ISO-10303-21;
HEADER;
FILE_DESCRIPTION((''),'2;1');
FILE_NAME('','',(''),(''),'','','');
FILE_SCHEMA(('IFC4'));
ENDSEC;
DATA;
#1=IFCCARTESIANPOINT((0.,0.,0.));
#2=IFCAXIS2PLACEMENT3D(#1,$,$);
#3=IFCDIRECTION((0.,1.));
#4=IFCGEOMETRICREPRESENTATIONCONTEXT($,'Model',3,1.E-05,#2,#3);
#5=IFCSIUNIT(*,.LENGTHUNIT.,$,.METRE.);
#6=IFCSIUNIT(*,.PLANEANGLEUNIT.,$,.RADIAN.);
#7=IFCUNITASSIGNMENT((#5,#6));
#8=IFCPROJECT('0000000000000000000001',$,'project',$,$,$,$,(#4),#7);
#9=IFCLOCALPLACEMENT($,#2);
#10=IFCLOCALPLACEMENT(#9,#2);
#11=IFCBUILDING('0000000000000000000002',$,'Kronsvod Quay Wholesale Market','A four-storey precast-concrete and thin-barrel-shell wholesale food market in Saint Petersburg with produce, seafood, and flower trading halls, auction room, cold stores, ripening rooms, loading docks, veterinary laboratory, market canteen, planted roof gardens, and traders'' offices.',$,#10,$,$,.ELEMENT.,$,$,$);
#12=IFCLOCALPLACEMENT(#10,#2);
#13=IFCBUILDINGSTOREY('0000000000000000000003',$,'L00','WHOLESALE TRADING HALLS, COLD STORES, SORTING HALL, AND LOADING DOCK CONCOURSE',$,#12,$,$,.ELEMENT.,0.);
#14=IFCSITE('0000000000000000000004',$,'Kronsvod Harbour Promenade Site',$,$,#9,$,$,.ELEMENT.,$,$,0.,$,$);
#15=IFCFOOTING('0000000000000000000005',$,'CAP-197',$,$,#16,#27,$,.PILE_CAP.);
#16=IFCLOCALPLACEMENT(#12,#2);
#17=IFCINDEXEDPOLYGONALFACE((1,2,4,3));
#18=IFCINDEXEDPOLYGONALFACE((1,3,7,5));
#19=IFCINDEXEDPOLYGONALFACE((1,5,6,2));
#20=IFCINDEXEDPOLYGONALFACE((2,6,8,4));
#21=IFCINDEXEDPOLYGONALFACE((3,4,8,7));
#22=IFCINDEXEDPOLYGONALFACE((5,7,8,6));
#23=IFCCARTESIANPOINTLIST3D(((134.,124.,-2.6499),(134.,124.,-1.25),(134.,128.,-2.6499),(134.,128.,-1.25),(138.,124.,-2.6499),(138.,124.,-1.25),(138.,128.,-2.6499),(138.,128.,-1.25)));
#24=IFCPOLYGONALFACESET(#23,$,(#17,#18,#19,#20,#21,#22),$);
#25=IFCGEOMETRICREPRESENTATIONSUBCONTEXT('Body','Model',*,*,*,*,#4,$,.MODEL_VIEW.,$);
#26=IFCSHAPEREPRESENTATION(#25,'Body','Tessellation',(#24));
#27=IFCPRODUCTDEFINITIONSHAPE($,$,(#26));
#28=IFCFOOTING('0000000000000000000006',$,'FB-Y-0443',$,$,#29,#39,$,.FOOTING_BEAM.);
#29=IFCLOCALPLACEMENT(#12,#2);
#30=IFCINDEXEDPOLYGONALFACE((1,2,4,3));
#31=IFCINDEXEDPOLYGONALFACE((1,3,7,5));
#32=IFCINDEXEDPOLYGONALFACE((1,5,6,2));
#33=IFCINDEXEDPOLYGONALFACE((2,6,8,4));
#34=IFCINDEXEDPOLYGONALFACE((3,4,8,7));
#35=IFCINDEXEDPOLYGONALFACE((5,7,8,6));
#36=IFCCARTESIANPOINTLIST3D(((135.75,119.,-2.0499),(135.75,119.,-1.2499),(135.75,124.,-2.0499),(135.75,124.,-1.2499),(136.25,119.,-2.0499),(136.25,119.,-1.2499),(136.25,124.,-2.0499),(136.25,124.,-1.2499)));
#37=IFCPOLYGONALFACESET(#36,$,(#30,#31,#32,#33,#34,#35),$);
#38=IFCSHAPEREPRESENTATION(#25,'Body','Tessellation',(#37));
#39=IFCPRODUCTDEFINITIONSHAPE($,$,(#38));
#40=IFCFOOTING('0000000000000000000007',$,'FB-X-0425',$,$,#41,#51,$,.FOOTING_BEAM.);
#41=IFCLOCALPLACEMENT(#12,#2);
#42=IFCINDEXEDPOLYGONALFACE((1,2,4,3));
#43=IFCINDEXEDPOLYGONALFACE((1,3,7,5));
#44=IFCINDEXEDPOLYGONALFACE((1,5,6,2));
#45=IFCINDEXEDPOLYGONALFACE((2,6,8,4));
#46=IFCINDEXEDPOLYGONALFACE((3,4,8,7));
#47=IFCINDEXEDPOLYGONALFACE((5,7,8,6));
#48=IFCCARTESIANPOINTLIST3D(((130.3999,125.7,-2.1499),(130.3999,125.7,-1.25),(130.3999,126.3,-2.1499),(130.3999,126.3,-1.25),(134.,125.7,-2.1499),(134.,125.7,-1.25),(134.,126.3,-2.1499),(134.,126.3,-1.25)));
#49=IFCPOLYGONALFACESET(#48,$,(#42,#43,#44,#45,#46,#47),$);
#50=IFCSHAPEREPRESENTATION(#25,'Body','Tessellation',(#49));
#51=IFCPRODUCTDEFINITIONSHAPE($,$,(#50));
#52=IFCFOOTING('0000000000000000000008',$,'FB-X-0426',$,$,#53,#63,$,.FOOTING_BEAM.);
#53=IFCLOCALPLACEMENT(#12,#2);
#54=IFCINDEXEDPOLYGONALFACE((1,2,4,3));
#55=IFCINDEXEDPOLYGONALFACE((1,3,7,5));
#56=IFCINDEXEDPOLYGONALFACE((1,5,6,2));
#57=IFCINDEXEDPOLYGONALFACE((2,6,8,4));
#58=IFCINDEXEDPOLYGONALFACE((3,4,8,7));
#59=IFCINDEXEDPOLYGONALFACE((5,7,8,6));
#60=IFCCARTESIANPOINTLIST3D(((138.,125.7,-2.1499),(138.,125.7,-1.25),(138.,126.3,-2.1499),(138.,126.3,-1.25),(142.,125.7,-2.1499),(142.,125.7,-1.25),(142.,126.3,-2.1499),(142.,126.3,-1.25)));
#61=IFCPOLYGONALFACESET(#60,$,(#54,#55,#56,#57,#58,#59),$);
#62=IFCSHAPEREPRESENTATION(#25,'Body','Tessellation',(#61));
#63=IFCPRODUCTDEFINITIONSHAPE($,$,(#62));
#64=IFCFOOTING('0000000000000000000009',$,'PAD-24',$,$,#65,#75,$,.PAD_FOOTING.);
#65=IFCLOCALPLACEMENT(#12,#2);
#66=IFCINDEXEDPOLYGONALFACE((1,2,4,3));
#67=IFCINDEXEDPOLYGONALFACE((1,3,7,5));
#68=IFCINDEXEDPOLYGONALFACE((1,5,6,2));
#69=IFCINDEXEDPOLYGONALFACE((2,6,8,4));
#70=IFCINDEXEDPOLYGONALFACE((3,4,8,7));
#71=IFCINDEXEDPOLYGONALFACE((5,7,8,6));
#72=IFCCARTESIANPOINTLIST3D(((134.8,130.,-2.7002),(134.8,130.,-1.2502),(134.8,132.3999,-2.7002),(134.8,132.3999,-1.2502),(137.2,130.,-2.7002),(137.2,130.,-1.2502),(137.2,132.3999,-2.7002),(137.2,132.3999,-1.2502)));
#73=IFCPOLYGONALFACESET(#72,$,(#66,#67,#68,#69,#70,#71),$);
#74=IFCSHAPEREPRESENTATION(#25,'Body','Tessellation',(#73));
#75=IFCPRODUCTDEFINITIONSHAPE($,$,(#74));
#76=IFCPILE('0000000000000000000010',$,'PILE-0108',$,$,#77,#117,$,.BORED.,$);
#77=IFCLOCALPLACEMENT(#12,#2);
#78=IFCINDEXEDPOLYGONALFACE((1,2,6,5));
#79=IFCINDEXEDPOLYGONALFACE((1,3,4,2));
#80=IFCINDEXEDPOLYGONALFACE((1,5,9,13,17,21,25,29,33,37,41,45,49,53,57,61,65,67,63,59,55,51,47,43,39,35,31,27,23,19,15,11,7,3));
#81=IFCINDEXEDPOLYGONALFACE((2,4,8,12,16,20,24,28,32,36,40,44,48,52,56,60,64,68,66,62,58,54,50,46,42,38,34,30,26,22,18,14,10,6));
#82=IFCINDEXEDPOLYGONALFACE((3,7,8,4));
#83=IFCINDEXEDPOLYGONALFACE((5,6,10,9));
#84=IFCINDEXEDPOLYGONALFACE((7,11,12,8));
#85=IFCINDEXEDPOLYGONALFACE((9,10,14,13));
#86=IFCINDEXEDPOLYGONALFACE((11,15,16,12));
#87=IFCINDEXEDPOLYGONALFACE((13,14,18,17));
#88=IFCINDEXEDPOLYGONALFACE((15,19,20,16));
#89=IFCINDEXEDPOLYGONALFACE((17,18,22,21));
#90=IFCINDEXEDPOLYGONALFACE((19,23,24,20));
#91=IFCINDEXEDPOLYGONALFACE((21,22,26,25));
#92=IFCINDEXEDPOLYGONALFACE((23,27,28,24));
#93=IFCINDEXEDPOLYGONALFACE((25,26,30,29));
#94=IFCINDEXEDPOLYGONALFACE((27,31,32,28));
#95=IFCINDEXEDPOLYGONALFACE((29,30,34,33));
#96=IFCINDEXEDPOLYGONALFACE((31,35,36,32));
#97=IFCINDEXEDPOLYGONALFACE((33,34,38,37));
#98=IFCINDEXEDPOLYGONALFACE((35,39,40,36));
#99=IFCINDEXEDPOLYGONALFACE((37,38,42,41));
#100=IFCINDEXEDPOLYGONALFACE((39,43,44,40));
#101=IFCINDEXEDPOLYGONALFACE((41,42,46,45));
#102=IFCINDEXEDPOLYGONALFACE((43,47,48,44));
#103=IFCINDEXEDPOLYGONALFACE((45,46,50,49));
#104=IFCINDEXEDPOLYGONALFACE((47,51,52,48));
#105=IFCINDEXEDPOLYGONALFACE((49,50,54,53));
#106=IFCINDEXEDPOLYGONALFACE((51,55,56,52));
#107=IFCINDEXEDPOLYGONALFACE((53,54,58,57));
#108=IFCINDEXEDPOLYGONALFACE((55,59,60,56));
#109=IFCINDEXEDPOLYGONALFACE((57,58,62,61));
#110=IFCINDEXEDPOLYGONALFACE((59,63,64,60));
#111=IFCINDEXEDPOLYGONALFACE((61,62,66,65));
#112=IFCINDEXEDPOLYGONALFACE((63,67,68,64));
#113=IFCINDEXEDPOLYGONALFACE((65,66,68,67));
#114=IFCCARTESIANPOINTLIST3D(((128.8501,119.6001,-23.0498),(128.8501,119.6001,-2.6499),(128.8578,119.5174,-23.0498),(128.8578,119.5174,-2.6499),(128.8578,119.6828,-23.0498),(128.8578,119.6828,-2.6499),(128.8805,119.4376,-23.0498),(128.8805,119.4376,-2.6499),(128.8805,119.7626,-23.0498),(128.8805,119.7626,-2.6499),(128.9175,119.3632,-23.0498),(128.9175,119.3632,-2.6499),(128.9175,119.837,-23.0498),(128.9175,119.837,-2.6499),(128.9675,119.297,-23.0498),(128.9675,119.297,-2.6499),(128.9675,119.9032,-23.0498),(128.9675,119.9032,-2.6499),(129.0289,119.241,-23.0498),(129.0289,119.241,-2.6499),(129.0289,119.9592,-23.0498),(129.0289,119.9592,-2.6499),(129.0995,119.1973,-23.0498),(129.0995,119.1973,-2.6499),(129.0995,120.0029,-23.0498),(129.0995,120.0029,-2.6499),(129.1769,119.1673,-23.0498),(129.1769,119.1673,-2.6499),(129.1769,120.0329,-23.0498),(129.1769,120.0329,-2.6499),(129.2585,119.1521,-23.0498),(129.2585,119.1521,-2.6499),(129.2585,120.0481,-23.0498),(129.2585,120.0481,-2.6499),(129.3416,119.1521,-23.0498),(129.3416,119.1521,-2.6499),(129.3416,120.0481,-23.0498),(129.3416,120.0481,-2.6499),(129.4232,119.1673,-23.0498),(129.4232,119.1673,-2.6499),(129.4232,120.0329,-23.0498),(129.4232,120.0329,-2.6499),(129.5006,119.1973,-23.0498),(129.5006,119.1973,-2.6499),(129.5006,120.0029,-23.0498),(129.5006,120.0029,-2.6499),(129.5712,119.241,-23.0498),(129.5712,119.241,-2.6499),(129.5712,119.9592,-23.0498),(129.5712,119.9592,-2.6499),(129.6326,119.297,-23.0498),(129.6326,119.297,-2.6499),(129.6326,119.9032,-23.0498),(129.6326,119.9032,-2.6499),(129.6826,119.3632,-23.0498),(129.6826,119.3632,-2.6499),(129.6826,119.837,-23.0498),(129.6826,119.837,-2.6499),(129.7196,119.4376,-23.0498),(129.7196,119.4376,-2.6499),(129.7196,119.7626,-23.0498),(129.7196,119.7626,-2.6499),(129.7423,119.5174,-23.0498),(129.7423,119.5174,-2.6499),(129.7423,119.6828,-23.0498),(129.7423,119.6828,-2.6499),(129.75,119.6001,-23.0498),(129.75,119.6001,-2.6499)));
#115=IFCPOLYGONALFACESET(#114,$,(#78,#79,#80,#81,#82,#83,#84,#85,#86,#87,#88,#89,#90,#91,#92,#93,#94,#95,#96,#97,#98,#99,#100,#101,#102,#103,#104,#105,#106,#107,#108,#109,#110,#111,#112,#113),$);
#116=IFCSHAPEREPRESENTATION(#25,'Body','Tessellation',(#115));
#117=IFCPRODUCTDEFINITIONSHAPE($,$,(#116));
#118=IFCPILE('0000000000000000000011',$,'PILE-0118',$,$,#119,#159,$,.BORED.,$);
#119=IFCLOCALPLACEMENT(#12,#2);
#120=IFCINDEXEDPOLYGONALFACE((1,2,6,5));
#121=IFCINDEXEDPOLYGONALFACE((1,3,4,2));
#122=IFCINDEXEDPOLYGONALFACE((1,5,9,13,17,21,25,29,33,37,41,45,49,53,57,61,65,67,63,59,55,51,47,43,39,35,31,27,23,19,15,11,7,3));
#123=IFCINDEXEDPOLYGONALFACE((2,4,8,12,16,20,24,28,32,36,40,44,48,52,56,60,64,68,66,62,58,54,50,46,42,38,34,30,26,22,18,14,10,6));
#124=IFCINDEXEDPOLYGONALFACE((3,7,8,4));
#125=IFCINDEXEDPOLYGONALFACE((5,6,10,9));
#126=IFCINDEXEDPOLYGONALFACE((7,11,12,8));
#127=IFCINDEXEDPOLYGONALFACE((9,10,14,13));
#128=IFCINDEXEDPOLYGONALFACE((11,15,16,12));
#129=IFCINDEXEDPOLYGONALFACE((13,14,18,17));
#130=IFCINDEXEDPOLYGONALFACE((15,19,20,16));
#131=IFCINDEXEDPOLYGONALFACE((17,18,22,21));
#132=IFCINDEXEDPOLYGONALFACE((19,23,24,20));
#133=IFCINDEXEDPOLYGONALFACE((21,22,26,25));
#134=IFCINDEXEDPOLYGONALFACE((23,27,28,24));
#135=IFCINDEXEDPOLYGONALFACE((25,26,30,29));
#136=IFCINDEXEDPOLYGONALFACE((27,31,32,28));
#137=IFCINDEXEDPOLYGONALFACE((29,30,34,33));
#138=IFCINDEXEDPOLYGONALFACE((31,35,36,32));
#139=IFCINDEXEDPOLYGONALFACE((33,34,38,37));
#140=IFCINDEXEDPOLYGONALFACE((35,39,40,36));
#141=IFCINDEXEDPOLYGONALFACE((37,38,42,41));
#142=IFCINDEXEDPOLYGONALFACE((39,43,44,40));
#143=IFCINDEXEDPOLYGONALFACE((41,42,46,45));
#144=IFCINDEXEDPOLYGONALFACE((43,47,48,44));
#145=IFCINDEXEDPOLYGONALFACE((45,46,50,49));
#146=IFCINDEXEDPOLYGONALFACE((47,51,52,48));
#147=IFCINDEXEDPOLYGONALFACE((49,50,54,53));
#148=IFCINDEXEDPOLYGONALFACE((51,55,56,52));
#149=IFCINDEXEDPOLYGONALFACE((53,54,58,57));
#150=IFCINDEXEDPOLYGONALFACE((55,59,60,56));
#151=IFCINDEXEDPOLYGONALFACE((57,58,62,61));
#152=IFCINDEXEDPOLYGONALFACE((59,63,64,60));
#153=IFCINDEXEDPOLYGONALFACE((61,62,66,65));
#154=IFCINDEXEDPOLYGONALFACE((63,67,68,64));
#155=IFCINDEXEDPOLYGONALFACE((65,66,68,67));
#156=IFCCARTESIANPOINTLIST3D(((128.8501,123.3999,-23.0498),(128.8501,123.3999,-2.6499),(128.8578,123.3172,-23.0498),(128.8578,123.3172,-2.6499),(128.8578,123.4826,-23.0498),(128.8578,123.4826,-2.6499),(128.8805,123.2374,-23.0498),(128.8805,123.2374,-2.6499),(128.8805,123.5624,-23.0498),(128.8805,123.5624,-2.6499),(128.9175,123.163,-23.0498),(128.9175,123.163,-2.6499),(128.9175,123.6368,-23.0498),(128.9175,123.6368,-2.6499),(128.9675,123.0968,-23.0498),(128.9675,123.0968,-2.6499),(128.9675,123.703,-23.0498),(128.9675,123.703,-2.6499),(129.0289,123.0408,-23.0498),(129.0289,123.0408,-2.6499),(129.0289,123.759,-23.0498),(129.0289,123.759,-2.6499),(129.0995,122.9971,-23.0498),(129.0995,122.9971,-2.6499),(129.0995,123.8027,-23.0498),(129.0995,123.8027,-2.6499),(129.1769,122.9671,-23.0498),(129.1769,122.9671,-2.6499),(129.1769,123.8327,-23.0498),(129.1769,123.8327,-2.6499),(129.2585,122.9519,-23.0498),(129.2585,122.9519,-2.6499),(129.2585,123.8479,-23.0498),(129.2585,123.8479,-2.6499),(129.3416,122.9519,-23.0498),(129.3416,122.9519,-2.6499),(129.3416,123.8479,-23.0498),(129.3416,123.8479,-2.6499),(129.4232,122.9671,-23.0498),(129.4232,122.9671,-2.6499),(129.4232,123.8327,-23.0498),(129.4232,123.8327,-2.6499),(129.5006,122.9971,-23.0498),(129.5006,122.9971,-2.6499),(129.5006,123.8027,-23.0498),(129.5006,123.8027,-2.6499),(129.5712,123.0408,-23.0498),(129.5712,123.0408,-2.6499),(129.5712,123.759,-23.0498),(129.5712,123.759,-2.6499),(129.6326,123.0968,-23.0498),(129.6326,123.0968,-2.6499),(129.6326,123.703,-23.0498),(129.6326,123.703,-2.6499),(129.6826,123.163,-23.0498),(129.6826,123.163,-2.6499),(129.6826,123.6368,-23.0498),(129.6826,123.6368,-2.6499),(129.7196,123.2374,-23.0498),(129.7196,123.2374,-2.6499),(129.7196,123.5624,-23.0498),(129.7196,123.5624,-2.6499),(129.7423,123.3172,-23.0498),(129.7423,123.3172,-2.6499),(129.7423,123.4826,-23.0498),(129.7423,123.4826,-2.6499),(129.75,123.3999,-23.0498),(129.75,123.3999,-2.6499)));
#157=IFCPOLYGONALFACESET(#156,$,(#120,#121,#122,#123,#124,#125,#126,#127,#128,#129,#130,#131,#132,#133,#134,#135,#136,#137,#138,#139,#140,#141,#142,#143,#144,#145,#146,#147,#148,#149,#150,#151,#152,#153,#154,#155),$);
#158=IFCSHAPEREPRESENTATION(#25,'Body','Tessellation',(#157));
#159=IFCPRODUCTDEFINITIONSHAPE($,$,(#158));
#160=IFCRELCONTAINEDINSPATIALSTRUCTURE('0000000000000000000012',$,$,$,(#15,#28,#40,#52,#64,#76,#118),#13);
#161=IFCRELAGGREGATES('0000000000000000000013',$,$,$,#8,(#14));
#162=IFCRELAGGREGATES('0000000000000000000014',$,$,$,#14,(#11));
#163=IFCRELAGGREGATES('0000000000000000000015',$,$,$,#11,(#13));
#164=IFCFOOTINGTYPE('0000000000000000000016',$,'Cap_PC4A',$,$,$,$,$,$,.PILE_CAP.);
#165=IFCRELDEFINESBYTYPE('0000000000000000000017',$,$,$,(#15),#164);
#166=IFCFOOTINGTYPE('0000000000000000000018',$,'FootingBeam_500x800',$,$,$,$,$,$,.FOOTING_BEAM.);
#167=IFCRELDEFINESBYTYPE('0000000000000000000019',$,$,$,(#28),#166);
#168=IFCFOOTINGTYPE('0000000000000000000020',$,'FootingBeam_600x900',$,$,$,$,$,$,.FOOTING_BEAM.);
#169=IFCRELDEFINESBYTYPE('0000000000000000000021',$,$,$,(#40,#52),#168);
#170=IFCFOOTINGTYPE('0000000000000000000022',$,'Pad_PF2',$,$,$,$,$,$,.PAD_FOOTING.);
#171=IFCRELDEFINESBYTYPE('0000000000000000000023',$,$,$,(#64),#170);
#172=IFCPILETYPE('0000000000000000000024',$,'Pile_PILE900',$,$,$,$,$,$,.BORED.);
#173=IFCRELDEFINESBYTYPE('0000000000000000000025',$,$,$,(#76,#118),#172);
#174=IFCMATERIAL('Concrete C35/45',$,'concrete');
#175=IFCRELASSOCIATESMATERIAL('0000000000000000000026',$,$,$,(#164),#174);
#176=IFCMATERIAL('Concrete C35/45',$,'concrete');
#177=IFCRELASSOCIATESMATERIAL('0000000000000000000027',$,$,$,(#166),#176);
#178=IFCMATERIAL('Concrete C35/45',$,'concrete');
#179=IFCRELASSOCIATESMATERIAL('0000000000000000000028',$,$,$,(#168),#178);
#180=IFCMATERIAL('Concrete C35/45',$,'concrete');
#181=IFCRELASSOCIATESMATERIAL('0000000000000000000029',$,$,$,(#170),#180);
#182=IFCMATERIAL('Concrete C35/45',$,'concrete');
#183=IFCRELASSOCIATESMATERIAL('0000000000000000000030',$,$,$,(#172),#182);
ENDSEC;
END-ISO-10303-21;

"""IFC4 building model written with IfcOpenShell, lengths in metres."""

from ifc_helpers import new_model, si_unit, direction, frame, origin, origin_2d, place, context, subcontext, project, spatial, rectangle, circle, extrude, material, material_profile, profile_set, type_object, element, save


model = new_model("IFC4")

# Units and contexts
model_context = context("Model", 3, precision=1e-05, world=origin(), true_north=direction((0.0, 1.0)))
body_context = subcontext(model_context, "Body", "Model", "MODEL_VIEW")
ifc_project = project(units=[si_unit("LENGTHUNIT", "METRE"), si_unit("PLANEANGLEUNIT", "RADIAN")], contexts=[model_context])

# Site, building, storey
site_placement = place(None, origin())
site = spatial("IfcSite", under=ifc_project, at=site_placement, Name="Kronsvod Harbour Promenade Site", CompositionType="ELEMENT", RefElevation=0.0)
building_placement = place(site_placement, origin())
building = spatial("IfcBuilding", under=site, at=building_placement, Name="Kronsvod Quay Wholesale Market", Description="A four-storey precast-concrete and thin-barrel-shell wholesale food market in Saint Petersburg with produce, seafood, and flower trading halls, auction room, cold stores, ripening rooms, loading docks, veterinary laboratory, market canteen, planted roof gardens, and traders' offices.", CompositionType="ELEMENT")
storey_placement = place(building_placement, origin())
storey = spatial("IfcBuildingStorey", under=building, at=storey_placement, Name="L00", Description="WHOLESALE TRADING HALLS, COLD STORES, SORTING HALL, AND LOADING DOCK CONCOURSE", CompositionType="ELEMENT", Elevation=0.0)

# Footings
ifc_material_1 = material(Name="Concrete C35/45", Category="concrete")
footing_type_1 = type_object("IfcFootingType", Name="Cap_PC4A", PredefinedType="PILE_CAP", material=ifc_material_1)
footing_1_placement = place(storey_placement, frame((136.0, 126.0, -2.6499), z_axis=(0.0, 0.0, 1.0), x_axis=(1.0, 0.0, 0.0)))
element("IfcFooting", 1, at=footing_1_placement, inside=storey, type_object=footing_type_1, Name="CAP-197", PredefinedType="PILE_CAP", context=body_context, shape_type="SweptSolid", body=[
    extrude(rectangle(XDim=4.0, YDim=4.0, at=origin_2d()), origin(), (0.0, 0.0, 1.0), 1.3999),
])
ifc_material_2 = material(Name="Concrete C35/45", Category="concrete")
ifc_material_profile_1 = material_profile(ifc_material_2, rectangle(XDim=0.5, YDim=0.8, at=origin_2d()), Name="FB-01")
ifc_profile_set_1 = profile_set([ifc_material_profile_1], Name="Concrete C35/45")
footing_type_2 = type_object("IfcFootingType", Name="FootingBeam_500x800", PredefinedType="FOOTING_BEAM", material=ifc_profile_set_1)
footing_2_placement = place(storey_placement, frame((136.0, 119.0, -1.6499), z_axis=(0.0, 1.0, 0.0), x_axis=(-1.0, 0.0, 0.0)))
element("IfcFooting", 2, at=footing_2_placement, inside=storey, type_object=footing_type_2, Name="FB-Y-0443", PredefinedType="FOOTING_BEAM", context=body_context, shape_type="SweptSolid", body=[
    extrude(rectangle(XDim=0.5, YDim=0.8, at=origin_2d()), origin(), (0.0, 0.0, 1.0), 5.0),
])
ifc_material_3 = material(Name="Concrete C35/45", Category="concrete")
ifc_material_profile_2 = material_profile(ifc_material_3, rectangle(XDim=0.6001, YDim=0.8999, at=origin_2d()), Name="FB-02")
ifc_profile_set_2 = profile_set([ifc_material_profile_2], Name="Concrete C35/45")
footing_type_3 = type_object("IfcFootingType", Name="FootingBeam_600x900", PredefinedType="FOOTING_BEAM", material=ifc_profile_set_2)
footing_3_placement = place(storey_placement, frame((130.3999, 126.0, -1.7), z_axis=(1.0, 0.0, 0.0), x_axis=(0.0, 1.0, 0.0)))
element("IfcFooting", 3, at=footing_3_placement, inside=storey, type_object=footing_type_3, Name="FB-X-0425", PredefinedType="FOOTING_BEAM", context=body_context, shape_type="SweptSolid", body=[
    extrude(rectangle(XDim=0.6001, YDim=0.8999, at=origin_2d()), origin(), (0.0, 0.0, 1.0), 3.6001),
])
footing_4_placement = place(storey_placement, frame((138.0, 126.0, -1.7), z_axis=(1.0, 0.0, 0.0), x_axis=(0.0, 1.0, 0.0)))
element("IfcFooting", 4, at=footing_4_placement, inside=storey, type_object=footing_type_3, Name="FB-X-0426", PredefinedType="FOOTING_BEAM", context=body_context, shape_type="SweptSolid", body=[
    extrude(rectangle(XDim=0.6001, YDim=0.8999, at=origin_2d()), origin(), (0.0, 0.0, 1.0), 4.0),
])
ifc_material_4 = material(Name="Concrete C35/45", Category="concrete")
footing_type_4 = type_object("IfcFootingType", Name="Pad_PF2", PredefinedType="PAD_FOOTING", material=ifc_material_4)
footing_5_placement = place(storey_placement, frame((136.0, 131.2, -2.7002), z_axis=(0.0, 0.0, 1.0), x_axis=(1.0, 0.0, 0.0)))
element("IfcFooting", 5, at=footing_5_placement, inside=storey, type_object=footing_type_4, Name="PAD-24", PredefinedType="PAD_FOOTING", context=body_context, shape_type="SweptSolid", body=[
    extrude(rectangle(XDim=2.3999, YDim=2.3999, at=origin_2d()), origin(), (0.0, 0.0, 1.0), 1.45),
])

# Piles
ifc_material_5 = material(Name="Concrete C35/45", Category="concrete")
ifc_material_profile_3 = material_profile(ifc_material_5, circle(Radius=0.45, at=origin_2d()), Name="PILE900")
ifc_profile_set_3 = profile_set([ifc_material_profile_3], Name="Concrete C35/45")
pile_type = type_object("IfcPileType", Name="Pile_PILE900", PredefinedType="BORED", material=ifc_profile_set_3)
for number, where, z_axis, x_axis, name in (
    (6, (129.3, 119.6001, -2.6499), (0.0, 0.0, -1.0), (1.0, 0.0, 0.0), "PILE-0108"),
    (7, (129.3, 123.3999, -2.6499), (0.0, 0.0, -1.0), (1.0, 0.0, 0.0), "PILE-0118"),
):
    element("IfcPile", number, at=place(storey_placement, frame(where, z_axis=z_axis, x_axis=x_axis)), inside=storey, type_object=pile_type, Name=name, PredefinedType="BORED", context=body_context, shape_type="SweptSolid", body=[
        extrude(circle(Radius=0.45, at=origin_2d()), origin(), (0.0, 0.0, 1.0), 20.3999),
    ])

save(model, "model.ifc")
